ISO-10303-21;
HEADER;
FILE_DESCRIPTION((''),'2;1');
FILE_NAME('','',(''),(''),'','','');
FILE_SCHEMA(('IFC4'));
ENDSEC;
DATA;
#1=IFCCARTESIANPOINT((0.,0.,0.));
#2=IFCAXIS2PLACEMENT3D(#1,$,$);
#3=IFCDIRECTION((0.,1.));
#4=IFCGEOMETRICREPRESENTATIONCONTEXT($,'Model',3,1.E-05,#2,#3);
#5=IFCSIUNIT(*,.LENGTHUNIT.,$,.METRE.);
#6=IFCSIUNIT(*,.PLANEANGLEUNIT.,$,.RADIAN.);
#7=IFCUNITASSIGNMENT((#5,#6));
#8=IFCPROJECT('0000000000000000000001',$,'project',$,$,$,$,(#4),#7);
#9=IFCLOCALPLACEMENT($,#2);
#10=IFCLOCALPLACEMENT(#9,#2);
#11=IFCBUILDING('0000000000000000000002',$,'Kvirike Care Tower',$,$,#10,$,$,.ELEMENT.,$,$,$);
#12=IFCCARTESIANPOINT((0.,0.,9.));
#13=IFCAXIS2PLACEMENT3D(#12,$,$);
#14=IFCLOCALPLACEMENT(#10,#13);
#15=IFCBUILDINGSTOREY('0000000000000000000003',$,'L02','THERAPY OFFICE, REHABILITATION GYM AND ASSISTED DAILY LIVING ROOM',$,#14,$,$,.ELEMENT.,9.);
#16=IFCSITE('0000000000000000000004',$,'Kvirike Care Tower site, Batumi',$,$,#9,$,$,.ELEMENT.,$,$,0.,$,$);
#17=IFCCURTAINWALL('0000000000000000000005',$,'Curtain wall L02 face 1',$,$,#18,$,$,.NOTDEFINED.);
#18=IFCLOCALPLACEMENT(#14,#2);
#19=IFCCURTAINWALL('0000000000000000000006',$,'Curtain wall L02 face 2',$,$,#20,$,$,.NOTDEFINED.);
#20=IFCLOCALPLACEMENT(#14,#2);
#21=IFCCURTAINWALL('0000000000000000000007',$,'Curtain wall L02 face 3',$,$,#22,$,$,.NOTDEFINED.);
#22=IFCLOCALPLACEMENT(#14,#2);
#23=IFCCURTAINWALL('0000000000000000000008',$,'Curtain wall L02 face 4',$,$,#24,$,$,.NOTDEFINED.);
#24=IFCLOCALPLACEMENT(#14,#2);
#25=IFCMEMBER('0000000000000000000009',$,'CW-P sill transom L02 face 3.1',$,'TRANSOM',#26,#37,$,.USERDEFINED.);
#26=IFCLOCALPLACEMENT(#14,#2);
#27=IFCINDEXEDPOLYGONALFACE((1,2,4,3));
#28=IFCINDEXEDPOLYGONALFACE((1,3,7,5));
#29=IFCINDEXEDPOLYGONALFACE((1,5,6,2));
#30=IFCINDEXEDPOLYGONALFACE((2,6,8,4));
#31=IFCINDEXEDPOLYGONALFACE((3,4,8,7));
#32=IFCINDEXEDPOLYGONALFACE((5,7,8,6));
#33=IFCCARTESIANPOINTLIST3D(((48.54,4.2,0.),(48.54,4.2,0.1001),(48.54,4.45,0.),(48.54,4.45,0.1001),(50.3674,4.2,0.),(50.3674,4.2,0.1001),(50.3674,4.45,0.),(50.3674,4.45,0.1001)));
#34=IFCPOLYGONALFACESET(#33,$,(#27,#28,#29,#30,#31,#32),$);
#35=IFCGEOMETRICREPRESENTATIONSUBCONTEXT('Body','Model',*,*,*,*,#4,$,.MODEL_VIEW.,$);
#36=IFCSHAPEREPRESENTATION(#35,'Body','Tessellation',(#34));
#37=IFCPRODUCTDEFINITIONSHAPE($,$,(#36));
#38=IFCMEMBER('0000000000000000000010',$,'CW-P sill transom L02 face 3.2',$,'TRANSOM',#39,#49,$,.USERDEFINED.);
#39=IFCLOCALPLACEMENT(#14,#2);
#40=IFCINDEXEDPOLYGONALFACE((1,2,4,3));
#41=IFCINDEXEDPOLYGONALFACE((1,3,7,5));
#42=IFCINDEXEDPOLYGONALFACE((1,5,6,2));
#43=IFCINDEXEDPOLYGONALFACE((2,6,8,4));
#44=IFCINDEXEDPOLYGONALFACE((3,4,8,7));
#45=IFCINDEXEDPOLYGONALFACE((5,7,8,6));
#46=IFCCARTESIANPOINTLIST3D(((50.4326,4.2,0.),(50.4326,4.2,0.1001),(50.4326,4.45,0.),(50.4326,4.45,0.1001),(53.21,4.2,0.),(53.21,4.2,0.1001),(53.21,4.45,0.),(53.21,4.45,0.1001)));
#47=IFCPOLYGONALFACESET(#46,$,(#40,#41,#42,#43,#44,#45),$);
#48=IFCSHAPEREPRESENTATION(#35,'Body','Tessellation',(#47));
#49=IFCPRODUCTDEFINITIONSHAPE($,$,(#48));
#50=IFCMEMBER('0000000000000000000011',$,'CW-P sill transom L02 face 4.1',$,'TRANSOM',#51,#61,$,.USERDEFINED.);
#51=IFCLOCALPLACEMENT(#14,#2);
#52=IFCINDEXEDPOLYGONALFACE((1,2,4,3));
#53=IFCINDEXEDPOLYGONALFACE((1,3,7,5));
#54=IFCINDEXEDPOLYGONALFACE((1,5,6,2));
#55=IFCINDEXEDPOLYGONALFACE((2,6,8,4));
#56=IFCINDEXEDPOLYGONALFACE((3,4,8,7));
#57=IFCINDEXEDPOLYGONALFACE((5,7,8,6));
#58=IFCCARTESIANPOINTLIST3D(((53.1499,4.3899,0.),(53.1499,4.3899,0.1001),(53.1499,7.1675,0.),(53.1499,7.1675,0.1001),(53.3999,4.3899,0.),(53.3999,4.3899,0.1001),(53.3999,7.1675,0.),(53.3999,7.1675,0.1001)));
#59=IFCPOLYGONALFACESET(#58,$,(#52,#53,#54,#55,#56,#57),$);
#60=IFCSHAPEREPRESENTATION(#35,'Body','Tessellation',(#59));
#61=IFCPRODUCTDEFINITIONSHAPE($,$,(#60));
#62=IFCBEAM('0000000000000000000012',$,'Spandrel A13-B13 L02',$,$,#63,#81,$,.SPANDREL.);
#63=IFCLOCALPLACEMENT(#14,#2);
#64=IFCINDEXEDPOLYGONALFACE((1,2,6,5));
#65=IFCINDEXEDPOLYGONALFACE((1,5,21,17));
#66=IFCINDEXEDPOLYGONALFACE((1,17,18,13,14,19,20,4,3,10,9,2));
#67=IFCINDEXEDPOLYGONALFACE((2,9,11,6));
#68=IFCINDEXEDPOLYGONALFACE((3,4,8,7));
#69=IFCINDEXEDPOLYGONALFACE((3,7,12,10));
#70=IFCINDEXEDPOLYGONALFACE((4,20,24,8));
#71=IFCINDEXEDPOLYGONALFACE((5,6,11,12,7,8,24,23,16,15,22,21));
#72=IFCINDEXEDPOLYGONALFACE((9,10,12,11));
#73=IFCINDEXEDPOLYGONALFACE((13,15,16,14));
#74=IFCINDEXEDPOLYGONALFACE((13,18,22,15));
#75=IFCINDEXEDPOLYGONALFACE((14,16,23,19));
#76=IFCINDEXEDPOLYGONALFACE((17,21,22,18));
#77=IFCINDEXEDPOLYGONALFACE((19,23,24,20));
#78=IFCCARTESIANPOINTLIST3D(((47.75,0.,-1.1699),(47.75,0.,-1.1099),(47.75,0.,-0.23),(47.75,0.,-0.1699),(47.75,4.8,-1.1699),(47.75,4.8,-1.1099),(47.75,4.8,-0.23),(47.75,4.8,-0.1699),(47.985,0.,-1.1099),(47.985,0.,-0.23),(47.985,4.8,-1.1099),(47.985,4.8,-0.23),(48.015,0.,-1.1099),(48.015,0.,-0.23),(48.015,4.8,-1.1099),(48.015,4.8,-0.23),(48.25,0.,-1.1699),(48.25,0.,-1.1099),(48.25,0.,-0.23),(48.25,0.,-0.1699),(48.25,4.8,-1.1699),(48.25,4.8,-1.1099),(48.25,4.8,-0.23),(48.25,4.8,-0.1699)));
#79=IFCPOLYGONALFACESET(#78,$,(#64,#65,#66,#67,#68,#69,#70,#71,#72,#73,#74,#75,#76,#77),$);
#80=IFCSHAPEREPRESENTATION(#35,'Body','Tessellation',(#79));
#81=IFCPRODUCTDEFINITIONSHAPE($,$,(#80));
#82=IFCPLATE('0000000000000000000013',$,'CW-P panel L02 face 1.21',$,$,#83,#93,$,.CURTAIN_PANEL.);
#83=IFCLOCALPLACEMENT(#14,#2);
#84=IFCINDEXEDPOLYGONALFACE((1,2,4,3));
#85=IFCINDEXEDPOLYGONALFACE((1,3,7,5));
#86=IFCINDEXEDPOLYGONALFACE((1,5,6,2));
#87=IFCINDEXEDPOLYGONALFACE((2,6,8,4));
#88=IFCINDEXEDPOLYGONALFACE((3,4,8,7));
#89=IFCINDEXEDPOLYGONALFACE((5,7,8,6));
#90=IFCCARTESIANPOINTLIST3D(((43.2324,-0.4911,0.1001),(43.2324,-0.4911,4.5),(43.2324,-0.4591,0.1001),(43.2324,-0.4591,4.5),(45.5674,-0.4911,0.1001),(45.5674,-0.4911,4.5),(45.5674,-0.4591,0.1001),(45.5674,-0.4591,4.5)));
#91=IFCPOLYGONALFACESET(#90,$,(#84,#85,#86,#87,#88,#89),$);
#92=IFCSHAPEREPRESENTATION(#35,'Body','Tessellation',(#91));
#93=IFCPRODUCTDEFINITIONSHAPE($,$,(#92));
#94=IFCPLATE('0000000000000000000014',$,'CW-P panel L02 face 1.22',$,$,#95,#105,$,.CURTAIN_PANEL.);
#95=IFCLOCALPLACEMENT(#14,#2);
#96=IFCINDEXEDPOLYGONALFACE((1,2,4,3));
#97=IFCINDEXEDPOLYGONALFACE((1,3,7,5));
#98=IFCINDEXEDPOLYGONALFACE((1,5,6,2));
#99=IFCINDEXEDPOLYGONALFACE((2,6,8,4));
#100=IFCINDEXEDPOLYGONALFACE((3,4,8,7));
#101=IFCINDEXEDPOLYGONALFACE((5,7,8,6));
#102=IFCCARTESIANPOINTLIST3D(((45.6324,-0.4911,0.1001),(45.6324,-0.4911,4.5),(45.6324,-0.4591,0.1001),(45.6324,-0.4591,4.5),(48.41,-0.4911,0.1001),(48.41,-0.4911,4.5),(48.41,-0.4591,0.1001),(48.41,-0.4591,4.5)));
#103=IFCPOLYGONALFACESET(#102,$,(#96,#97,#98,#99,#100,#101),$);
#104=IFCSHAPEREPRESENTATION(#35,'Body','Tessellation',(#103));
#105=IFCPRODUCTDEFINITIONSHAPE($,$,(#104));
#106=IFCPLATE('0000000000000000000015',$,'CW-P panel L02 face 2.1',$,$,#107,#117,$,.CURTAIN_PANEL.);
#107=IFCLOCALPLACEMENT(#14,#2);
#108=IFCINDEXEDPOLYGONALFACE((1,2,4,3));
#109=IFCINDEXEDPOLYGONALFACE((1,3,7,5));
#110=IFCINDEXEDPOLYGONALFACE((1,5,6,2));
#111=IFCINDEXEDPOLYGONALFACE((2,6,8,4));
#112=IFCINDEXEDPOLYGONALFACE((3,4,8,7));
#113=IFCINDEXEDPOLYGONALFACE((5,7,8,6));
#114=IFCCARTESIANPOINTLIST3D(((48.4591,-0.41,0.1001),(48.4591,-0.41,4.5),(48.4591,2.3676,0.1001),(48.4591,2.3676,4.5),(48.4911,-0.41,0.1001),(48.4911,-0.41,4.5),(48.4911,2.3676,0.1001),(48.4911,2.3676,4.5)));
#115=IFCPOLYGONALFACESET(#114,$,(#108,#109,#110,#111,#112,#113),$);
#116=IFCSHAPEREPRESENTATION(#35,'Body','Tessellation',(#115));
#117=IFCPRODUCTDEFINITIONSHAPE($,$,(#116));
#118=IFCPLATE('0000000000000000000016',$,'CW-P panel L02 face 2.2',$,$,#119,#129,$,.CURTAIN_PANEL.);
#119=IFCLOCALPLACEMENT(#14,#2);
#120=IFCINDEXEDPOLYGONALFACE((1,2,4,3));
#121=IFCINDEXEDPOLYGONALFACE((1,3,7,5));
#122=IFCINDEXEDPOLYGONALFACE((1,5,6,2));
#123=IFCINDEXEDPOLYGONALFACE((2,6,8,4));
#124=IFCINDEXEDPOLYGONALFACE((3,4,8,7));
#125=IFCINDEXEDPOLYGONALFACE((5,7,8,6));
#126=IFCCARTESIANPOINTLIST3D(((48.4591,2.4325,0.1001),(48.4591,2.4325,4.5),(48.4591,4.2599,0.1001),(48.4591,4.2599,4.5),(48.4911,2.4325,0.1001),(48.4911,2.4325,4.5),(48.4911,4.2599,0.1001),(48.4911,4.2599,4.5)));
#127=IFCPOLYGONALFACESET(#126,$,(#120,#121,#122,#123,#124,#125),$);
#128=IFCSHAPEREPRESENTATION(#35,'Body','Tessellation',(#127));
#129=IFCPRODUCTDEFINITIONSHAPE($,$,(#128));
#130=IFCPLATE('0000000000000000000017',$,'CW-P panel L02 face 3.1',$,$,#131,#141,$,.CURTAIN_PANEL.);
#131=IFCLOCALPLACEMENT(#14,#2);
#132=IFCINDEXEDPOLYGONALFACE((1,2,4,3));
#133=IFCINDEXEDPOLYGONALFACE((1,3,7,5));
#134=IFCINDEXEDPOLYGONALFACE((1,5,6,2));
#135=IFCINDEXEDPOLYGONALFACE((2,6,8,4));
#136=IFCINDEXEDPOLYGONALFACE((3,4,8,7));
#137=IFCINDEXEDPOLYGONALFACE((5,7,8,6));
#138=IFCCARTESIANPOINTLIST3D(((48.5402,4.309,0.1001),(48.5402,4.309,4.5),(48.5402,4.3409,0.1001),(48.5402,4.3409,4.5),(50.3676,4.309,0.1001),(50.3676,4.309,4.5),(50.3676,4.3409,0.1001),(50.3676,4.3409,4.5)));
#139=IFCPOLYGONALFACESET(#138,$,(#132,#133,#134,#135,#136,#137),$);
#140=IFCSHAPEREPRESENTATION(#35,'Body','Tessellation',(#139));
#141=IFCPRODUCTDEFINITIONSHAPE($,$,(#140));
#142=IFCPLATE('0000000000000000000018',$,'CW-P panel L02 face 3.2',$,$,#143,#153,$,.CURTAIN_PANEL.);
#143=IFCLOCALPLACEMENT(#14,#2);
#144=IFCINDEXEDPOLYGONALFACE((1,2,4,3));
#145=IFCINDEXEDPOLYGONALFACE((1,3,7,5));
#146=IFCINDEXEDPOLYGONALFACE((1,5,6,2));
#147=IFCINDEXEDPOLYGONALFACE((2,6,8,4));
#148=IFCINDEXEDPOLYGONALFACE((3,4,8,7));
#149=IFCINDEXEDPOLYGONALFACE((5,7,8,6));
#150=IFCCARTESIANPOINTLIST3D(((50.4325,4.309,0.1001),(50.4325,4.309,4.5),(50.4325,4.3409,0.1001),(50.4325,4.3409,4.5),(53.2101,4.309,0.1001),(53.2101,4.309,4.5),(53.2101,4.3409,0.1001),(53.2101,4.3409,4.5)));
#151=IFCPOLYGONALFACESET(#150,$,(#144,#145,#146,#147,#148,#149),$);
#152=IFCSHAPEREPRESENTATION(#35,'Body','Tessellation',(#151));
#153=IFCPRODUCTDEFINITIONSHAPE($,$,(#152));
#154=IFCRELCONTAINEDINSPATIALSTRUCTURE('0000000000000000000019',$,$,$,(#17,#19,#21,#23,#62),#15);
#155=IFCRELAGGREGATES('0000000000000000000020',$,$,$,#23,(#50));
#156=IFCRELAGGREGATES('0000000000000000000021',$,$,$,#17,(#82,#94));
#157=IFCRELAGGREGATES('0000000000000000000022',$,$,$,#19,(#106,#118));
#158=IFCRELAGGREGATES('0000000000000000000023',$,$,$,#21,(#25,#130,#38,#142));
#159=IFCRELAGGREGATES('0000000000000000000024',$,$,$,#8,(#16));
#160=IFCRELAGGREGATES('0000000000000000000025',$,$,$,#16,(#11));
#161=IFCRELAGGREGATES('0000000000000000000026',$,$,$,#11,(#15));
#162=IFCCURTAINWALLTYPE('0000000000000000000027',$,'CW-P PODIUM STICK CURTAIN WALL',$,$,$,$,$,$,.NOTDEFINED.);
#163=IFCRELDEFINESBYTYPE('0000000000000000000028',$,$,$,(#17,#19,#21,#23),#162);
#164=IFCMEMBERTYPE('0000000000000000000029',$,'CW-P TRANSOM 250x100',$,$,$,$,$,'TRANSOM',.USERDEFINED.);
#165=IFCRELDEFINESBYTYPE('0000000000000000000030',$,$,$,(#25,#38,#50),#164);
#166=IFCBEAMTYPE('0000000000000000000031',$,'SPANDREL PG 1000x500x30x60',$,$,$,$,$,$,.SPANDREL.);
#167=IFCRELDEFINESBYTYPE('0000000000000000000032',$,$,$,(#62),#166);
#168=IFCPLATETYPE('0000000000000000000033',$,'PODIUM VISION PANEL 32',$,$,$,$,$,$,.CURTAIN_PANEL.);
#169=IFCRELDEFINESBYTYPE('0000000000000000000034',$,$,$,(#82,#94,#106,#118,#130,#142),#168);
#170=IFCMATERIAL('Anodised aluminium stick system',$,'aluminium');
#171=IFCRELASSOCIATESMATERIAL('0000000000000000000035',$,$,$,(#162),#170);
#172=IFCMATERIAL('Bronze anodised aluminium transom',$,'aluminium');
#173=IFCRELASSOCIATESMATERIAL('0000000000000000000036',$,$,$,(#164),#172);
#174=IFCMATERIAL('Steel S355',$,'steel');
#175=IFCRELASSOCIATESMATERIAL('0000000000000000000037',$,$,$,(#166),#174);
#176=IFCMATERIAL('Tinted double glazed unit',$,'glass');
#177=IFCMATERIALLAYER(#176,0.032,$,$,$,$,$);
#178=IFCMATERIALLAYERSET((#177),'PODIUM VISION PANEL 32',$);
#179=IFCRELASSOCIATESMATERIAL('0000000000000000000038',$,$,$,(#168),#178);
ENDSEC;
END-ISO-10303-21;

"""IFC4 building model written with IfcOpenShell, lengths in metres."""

from ifc_helpers import new_model, si_unit, direction, frame, origin, origin_2d, place, context, subcontext, project, spatial, rectangle, i_section, extrude, material, layer, layer_set, material_profile, profile_set, type_object, element, aggregate, save


model = new_model("IFC4")

# Units and contexts
model_context = context("Model", 3, precision=1e-05, world=origin(), true_north=direction((0.0, 1.0)))
body_context = subcontext(model_context, "Body", "Model", "MODEL_VIEW")
ifc_project = project(units=[si_unit("LENGTHUNIT", "METRE"), si_unit("PLANEANGLEUNIT", "RADIAN")], contexts=[model_context])

# Site, building, storey
site_placement = place(None, origin())
site = spatial("IfcSite", under=ifc_project, at=site_placement, Name="Kvirike Care Tower site, Batumi", CompositionType="ELEMENT", RefElevation=0.0)
building_placement = place(site_placement, origin())
building = spatial("IfcBuilding", under=site, at=building_placement, Name="Kvirike Care Tower", CompositionType="ELEMENT")
storey_placement = place(building_placement, frame((0.0, 0.0, 9.0)))
storey = spatial("IfcBuildingStorey", under=building, at=storey_placement, Name="L02", Description="THERAPY OFFICE, REHABILITATION GYM AND ASSISTED DAILY LIVING ROOM", CompositionType="ELEMENT", Elevation=9.0)

# Curtain walls
ifc_material_1 = material(Name="Anodised aluminium stick system", Category="aluminium")
curtain_wall_type = type_object("IfcCurtainWallType", Name="CW-P PODIUM STICK CURTAIN WALL", PredefinedType="NOTDEFINED", material=ifc_material_1)
curtain_wall_1_placement = place(storey_placement, origin())
curtain_wall_1 = element("IfcCurtainWall", 1, at=curtain_wall_1_placement, inside=storey, type_object=curtain_wall_type, Name="Curtain wall L02 face 1", PredefinedType="NOTDEFINED")
curtain_wall_2_placement = place(storey_placement, origin())
curtain_wall_2 = element("IfcCurtainWall", 2, at=curtain_wall_2_placement, inside=storey, type_object=curtain_wall_type, Name="Curtain wall L02 face 2", PredefinedType="NOTDEFINED")
curtain_wall_3_placement = place(storey_placement, origin())
curtain_wall_3 = element("IfcCurtainWall", 3, at=curtain_wall_3_placement, inside=storey, type_object=curtain_wall_type, Name="Curtain wall L02 face 3", PredefinedType="NOTDEFINED")

# Curtain wall
curtain_wall_4_placement = place(storey_placement, origin())
curtain_wall_4 = element("IfcCurtainWall", 4, at=curtain_wall_4_placement, inside=storey, type_object=curtain_wall_type, Name="Curtain wall L02 face 4", PredefinedType="NOTDEFINED")

# Members
ifc_material_2 = material(Name="Bronze anodised aluminium transom", Category="aluminium")
ifc_material_profile_1 = material_profile(ifc_material_2, rectangle(XDim=0.25, YDim=0.1001, at=origin_2d()), Name="CW-P TRANSOM 250x100")
ifc_profile_set_1 = profile_set([ifc_material_profile_1], Name="Bronze anodised aluminium transom")
member_type_1 = type_object("IfcMemberType", Name="CW-P TRANSOM 250x100", ElementType="TRANSOM", PredefinedType="USERDEFINED", material=ifc_profile_set_1)
member_1_placement = place(storey_placement, frame((48.54, 4.325, 0.05), z_axis=(1.0, 0.0, 0.0), x_axis=(0.0, 1.0, 0.0)))
member_1 = element("IfcMember", 5, at=member_1_placement, type_object=member_type_1, Name="CW-P sill transom L02 face 3.1", ObjectType="TRANSOM", PredefinedType="USERDEFINED", context=body_context, shape_type="SweptSolid", body=[
    extrude(rectangle(XDim=0.25, YDim=0.1001, at=origin_2d()), origin(), (0.0, 0.0, 1.0), 1.8274),
])
member_2_placement = place(storey_placement, frame((50.4326, 4.325, 0.05), z_axis=(1.0, 0.0, 0.0), x_axis=(0.0, 1.0, 0.0)))
member_2 = element("IfcMember", 6, at=member_2_placement, type_object=member_type_1, Name="CW-P sill transom L02 face 3.2", ObjectType="TRANSOM", PredefinedType="USERDEFINED", context=body_context, shape_type="SweptSolid", body=[
    extrude(rectangle(XDim=0.25, YDim=0.1001, at=origin_2d()), origin(), (0.0, 0.0, 1.0), 2.7773),
])
member_3_placement = place(storey_placement, frame((53.2749, 4.3899, 0.05), z_axis=(0.0, 1.0, 0.0), x_axis=(-1.0, 0.0, 0.0)))
member_3 = element("IfcMember", 7, at=member_3_placement, type_object=member_type_1, Name="CW-P sill transom L02 face 4.1", ObjectType="TRANSOM", PredefinedType="USERDEFINED", context=body_context, shape_type="SweptSolid", body=[
    extrude(rectangle(XDim=0.25, YDim=0.1001, at=origin_2d()), origin(), (0.0, 0.0, 1.0), 2.7776),
])
aggregate(curtain_wall_4, [member_3])

# Beam
ifc_material_3 = material(Name="Steel S355", Category="steel")
ifc_material_profile_2 = material_profile(ifc_material_3, i_section(OverallWidth=0.5, OverallDepth=1.0, WebThickness=0.03, FlangeThickness=0.0601, at=origin_2d()), Name="PG 1000x500x30x60")
ifc_profile_set_2 = profile_set([ifc_material_profile_2], Name="Steel S355")
beam_type = type_object("IfcBeamType", Name="SPANDREL PG 1000x500x30x60", PredefinedType="SPANDREL", material=ifc_profile_set_2)
beam_placement = place(storey_placement, frame((48.0, 0.0, -0.6699), z_axis=(0.0, 1.0, 0.0), x_axis=(-1.0, 0.0, 0.0)))
element("IfcBeam", 8, at=beam_placement, inside=storey, type_object=beam_type, Name="Spandrel A13-B13 L02", PredefinedType="SPANDREL", context=body_context, shape_type="SweptSolid", body=[
    extrude(i_section(OverallWidth=0.5, OverallDepth=1.0, WebThickness=0.03, FlangeThickness=0.0601, at=origin_2d()), origin(), (0.0, 0.0, 1.0), 4.8),
])

# Plates
ifc_material_4 = material(Name="Tinted double glazed unit", Category="glass")
ifc_layer = layer(ifc_material_4, 0.032)
ifc_layer_set = layer_set([ifc_layer], Name="PODIUM VISION PANEL 32")
plate_type = type_object("IfcPlateType", Name="PODIUM VISION PANEL 32", PredefinedType="CURTAIN_PANEL", material=ifc_layer_set)
plate_1_placement = place(storey_placement, frame((44.3999, -0.4751, 0.1001), z_axis=(0.0, 0.0, 1.0), x_axis=(1.0, 0.0, 0.0)))
plate_1 = element("IfcPlate", 9, at=plate_1_placement, type_object=plate_type, Name="CW-P panel L02 face 1.21", PredefinedType="CURTAIN_PANEL", context=body_context, shape_type="SweptSolid", body=[
    extrude(rectangle(XDim=2.335, YDim=0.032, at=origin_2d()), origin(), (0.0, 0.0, 1.0), 4.3999),
])
plate_2_placement = place(storey_placement, frame((47.0212, -0.4751, 0.1001), z_axis=(0.0, 0.0, 1.0), x_axis=(1.0, 0.0, 0.0)))
plate_2 = element("IfcPlate", 10, at=plate_2_placement, type_object=plate_type, Name="CW-P panel L02 face 1.22", PredefinedType="CURTAIN_PANEL", context=body_context, shape_type="SweptSolid", body=[
    extrude(rectangle(XDim=2.7776, YDim=0.032, at=origin_2d()), origin(), (0.0, 0.0, 1.0), 4.3999),
])
aggregate(curtain_wall_1, [plate_1, plate_2])
plate_3_placement = place(storey_placement, frame((48.4751, 0.9788, 0.1001), z_axis=(0.0, 0.0, 1.0), x_axis=(0.0, 1.0, 0.0)))
plate_3 = element("IfcPlate", 11, at=plate_3_placement, type_object=plate_type, Name="CW-P panel L02 face 2.1", PredefinedType="CURTAIN_PANEL", context=body_context, shape_type="SweptSolid", body=[
    extrude(rectangle(XDim=2.7776, YDim=0.032, at=origin_2d()), origin(), (0.0, 0.0, 1.0), 4.3999),
])
plate_4_placement = place(storey_placement, frame((48.4751, 3.3462, 0.1001), z_axis=(0.0, 0.0, 1.0), x_axis=(0.0, 1.0, 0.0)))
plate_4 = element("IfcPlate", 12, at=plate_4_placement, type_object=plate_type, Name="CW-P panel L02 face 2.2", PredefinedType="CURTAIN_PANEL", context=body_context, shape_type="SweptSolid", body=[
    extrude(rectangle(XDim=1.8274, YDim=0.032, at=origin_2d()), origin(), (0.0, 0.0, 1.0), 4.3999),
])
aggregate(curtain_wall_2, [plate_3, plate_4])
plate_5_placement = place(storey_placement, frame((49.4539, 4.325, 0.1001), z_axis=(0.0, 0.0, 1.0), x_axis=(1.0, 0.0, 0.0)))
plate_5 = element("IfcPlate", 13, at=plate_5_placement, type_object=plate_type, Name="CW-P panel L02 face 3.1", PredefinedType="CURTAIN_PANEL", context=body_context, shape_type="SweptSolid", body=[
    extrude(rectangle(XDim=1.8274, YDim=0.032, at=origin_2d()), origin(), (0.0, 0.0, 1.0), 4.3999),
])
plate_6_placement = place(storey_placement, frame((51.8213, 4.325, 0.1001), z_axis=(0.0, 0.0, 1.0), x_axis=(1.0, 0.0, 0.0)))
plate_6 = element("IfcPlate", 14, at=plate_6_placement, type_object=plate_type, Name="CW-P panel L02 face 3.2", PredefinedType="CURTAIN_PANEL", context=body_context, shape_type="SweptSolid", body=[
    extrude(rectangle(XDim=2.7776, YDim=0.032, at=origin_2d()), origin(), (0.0, 0.0, 1.0), 4.3999),
])
aggregate(curtain_wall_3, [member_1, plate_5, member_2, plate_6])

save(model, "model.ifc")
